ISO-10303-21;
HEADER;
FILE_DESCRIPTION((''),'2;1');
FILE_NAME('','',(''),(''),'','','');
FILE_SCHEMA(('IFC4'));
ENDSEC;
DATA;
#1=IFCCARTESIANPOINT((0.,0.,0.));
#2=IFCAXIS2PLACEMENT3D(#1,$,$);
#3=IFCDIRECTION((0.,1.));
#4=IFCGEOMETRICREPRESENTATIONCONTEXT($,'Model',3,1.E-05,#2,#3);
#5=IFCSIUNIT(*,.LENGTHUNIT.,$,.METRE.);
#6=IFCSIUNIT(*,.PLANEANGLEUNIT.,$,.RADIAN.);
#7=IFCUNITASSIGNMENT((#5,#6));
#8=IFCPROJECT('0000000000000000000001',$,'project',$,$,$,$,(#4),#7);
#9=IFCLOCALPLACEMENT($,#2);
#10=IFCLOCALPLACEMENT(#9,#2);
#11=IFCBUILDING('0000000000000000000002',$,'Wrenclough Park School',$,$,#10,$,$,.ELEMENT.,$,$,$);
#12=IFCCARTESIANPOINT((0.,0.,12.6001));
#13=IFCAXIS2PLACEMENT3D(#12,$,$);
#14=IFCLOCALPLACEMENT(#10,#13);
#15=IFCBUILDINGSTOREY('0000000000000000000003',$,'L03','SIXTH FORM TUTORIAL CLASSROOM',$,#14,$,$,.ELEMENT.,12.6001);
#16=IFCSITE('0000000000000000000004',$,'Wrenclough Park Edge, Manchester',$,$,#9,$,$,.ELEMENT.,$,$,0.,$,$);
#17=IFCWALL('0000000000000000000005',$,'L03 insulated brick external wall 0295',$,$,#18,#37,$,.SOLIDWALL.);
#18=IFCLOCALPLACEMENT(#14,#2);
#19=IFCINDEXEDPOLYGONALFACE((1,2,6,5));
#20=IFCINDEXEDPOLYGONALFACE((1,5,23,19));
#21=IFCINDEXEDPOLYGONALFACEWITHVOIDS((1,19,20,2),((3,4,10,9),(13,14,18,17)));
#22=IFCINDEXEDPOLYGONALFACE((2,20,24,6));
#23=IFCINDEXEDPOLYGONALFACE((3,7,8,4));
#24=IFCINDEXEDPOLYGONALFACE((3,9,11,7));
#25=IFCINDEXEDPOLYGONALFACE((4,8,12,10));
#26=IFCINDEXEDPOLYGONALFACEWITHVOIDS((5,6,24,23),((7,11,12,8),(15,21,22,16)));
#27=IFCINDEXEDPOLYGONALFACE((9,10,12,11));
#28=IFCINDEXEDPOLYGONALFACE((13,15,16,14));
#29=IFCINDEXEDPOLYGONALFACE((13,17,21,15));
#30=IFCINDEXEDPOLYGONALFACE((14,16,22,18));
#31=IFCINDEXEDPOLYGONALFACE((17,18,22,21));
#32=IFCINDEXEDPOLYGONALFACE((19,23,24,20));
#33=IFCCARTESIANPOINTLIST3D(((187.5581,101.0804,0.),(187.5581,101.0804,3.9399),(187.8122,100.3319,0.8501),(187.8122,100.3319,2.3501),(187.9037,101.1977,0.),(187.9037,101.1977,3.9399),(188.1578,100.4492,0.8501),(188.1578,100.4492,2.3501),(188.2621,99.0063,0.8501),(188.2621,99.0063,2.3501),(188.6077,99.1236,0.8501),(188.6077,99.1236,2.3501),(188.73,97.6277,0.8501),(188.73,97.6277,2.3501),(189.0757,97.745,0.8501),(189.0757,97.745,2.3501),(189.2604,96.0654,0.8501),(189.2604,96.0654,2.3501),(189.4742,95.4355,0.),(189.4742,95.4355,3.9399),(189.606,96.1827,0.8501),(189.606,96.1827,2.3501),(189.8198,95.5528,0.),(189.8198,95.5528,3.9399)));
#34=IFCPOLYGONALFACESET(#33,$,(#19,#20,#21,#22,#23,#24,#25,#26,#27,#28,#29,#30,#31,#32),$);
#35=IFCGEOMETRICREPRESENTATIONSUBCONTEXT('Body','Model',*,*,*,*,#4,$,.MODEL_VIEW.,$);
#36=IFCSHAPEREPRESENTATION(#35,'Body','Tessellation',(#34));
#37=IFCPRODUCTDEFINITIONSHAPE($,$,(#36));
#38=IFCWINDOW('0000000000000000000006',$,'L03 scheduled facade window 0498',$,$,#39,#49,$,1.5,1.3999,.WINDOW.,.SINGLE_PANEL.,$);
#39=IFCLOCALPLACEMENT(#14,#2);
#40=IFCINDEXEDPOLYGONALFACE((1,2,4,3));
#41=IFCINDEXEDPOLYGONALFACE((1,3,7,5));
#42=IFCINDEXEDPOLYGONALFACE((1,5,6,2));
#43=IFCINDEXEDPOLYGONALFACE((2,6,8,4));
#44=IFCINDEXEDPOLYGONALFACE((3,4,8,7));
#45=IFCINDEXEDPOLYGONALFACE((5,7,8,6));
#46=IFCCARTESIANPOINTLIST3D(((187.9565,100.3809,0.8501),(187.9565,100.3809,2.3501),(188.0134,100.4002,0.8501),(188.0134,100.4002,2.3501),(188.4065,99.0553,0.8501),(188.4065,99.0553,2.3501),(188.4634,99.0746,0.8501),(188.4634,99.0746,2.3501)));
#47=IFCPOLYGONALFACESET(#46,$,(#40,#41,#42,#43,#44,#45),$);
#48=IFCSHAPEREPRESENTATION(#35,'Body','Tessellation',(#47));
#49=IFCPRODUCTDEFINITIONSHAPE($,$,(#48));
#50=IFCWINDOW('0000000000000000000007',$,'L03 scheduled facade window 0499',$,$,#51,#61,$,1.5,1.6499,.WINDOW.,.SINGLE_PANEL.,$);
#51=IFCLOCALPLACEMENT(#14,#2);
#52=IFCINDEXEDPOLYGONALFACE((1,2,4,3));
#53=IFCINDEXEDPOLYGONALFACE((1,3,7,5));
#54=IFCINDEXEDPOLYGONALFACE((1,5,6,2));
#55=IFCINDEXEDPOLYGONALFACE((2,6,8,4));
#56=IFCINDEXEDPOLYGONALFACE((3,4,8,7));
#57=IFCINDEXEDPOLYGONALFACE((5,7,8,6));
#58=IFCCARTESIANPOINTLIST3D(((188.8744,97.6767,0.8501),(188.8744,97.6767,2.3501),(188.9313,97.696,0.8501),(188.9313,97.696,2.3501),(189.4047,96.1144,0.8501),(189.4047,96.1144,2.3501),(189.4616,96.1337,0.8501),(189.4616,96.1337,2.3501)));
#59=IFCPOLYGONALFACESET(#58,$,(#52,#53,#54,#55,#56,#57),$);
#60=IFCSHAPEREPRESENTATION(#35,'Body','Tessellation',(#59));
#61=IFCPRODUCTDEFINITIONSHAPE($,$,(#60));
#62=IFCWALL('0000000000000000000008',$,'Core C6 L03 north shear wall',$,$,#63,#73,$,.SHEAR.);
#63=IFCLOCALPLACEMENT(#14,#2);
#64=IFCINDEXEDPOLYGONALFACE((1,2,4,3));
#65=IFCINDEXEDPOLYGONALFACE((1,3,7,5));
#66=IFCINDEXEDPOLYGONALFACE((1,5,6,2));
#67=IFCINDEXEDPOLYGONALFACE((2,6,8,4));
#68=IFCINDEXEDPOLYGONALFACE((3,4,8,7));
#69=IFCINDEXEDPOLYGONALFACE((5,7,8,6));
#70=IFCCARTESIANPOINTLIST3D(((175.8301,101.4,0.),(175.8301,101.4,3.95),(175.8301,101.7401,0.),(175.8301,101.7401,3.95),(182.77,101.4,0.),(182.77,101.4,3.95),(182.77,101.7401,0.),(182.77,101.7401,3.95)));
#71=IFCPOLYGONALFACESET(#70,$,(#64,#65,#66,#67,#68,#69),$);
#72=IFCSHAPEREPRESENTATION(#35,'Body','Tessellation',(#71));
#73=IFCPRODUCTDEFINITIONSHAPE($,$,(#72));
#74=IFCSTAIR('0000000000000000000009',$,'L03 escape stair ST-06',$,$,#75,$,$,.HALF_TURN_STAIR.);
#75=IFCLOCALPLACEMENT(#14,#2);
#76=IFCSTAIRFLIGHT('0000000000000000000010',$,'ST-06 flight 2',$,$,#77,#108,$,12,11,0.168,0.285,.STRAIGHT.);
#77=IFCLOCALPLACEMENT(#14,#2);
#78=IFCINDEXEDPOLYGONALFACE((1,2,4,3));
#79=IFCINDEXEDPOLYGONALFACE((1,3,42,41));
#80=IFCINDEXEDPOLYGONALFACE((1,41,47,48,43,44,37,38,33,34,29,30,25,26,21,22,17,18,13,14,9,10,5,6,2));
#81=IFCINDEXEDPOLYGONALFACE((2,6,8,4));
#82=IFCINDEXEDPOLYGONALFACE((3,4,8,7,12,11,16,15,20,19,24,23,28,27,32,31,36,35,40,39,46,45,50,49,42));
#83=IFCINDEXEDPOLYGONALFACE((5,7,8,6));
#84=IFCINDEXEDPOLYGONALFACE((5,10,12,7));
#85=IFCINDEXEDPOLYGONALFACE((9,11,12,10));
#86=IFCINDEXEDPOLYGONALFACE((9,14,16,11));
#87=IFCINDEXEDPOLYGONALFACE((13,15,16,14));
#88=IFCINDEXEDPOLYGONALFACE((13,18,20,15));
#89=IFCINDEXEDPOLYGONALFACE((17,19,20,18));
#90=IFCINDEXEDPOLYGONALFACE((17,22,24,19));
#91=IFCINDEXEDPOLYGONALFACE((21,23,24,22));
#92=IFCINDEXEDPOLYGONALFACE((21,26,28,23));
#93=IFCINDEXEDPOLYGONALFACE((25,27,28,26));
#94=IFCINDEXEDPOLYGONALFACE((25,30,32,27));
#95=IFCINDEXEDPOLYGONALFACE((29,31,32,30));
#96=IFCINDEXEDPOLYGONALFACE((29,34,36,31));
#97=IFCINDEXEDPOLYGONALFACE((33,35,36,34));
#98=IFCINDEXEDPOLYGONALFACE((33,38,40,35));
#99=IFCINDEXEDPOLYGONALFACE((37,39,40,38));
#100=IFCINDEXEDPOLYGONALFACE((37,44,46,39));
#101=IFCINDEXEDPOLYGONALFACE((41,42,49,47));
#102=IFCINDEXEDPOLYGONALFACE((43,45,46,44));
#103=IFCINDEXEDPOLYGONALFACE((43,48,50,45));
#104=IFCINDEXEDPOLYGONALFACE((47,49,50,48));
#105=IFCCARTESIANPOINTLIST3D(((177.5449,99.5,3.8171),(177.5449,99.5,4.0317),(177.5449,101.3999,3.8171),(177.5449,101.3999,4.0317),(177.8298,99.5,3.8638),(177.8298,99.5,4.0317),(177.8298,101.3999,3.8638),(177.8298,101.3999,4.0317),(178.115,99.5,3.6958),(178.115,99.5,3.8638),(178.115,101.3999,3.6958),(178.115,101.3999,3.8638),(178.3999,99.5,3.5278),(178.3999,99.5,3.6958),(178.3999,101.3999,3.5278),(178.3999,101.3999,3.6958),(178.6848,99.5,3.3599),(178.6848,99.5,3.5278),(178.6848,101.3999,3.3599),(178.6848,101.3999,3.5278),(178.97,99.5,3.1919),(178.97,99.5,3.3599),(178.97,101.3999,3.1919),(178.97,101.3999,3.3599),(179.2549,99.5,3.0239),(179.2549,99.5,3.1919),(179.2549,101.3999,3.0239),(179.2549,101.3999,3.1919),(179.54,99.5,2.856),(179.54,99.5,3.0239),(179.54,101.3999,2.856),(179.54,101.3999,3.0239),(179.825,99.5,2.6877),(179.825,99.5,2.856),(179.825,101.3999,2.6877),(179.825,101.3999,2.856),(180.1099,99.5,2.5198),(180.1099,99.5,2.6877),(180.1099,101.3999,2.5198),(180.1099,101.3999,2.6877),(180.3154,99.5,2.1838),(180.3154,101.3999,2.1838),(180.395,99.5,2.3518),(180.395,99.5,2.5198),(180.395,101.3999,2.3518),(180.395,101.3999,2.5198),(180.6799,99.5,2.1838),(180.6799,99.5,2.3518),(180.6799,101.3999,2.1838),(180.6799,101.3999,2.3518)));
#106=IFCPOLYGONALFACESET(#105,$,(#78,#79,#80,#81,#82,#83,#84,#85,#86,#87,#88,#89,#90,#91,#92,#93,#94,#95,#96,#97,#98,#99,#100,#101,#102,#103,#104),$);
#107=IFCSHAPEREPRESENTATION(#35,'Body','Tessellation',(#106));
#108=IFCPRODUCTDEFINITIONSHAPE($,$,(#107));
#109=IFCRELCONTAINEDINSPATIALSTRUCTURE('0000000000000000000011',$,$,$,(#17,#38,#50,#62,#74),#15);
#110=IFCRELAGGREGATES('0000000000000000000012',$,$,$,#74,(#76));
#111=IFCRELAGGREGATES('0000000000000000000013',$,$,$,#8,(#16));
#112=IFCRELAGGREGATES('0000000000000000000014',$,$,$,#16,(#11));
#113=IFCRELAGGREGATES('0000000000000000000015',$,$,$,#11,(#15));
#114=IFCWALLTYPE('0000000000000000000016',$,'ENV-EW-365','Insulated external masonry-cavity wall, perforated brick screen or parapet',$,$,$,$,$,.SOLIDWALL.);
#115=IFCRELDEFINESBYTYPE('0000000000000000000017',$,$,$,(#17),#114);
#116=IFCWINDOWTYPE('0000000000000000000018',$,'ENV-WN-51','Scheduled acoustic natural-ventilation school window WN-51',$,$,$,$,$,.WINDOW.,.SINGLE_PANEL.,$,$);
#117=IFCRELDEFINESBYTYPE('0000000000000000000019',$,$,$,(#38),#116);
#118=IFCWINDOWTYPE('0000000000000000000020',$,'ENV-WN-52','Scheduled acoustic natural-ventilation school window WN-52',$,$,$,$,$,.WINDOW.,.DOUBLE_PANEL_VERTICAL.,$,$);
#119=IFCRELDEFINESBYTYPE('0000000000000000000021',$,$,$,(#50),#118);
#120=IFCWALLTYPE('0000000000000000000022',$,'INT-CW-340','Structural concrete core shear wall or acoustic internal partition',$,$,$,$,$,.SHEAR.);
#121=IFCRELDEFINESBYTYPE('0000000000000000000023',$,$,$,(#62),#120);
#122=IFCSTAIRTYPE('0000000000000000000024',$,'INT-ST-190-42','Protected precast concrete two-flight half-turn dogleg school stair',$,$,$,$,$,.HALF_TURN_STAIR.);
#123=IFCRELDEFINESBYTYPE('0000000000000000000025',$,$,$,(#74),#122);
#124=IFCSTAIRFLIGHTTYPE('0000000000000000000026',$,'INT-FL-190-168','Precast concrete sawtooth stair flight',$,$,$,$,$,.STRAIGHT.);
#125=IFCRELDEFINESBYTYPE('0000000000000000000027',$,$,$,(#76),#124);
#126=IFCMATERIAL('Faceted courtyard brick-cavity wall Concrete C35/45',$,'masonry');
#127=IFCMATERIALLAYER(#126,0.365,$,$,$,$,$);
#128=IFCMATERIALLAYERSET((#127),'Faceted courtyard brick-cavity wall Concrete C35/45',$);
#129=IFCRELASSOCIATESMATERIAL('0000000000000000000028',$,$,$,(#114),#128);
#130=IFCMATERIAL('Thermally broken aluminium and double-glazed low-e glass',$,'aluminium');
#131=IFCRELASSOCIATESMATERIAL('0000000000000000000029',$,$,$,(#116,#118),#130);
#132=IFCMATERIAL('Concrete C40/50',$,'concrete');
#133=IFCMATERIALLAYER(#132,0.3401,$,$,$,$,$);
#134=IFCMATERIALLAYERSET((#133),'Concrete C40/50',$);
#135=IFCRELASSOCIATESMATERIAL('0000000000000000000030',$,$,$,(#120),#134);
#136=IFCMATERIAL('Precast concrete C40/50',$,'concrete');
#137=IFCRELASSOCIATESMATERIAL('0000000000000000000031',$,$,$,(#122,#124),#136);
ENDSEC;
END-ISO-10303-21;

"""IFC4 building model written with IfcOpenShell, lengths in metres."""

from ifc_helpers import new_model, si_unit, direction, frame, frame_2d, origin, place, context, subcontext, project, spatial, polyline, rectangle, outline, extrude, material, layer, layer_set, type_object, element, fill, aggregate, save


model = new_model("IFC4")

# Units and contexts
model_context = context("Model", 3, precision=1e-05, world=origin(), true_north=direction((0.0, 1.0)))
body_context = subcontext(model_context, "Body", "Model", "MODEL_VIEW")
ifc_project = project(units=[si_unit("LENGTHUNIT", "METRE"), si_unit("PLANEANGLEUNIT", "RADIAN")], contexts=[model_context])

# Site, building, storey
site_placement = place(None, origin())
site = spatial("IfcSite", under=ifc_project, at=site_placement, Name="Wrenclough Park Edge, Manchester", CompositionType="ELEMENT", RefElevation=0.0)
building_placement = place(site_placement, origin())
building = spatial("IfcBuilding", under=site, at=building_placement, Name="Wrenclough Park School", CompositionType="ELEMENT")
storey_placement = place(building_placement, frame((0.0, 0.0, 12.6001)))
storey = spatial("IfcBuildingStorey", under=building, at=storey_placement, Name="L03", Description="SIXTH FORM TUTORIAL CLASSROOM", CompositionType="ELEMENT", Elevation=12.6001)

# Shared definitions
ifc_material_1 = material(Name="Concrete C40/50", Category="concrete")

# Wall, openings, windows
ifc_material_2 = material(Name="Thermally broken aluminium and double-glazed low-e glass", Category="aluminium")
ifc_material_3 = material(Name="Faceted courtyard brick-cavity wall Concrete C35/45", Category="masonry")
ifc_layer_1 = layer(ifc_material_3, 0.365)
ifc_layer_set_1 = layer_set([ifc_layer_1], Name="Faceted courtyard brick-cavity wall Concrete C35/45")
wall_type_1 = type_object("IfcWallType", Name="ENV-EW-365", Description="Insulated external masonry-cavity wall, perforated brick screen or parapet", PredefinedType="SOLIDWALL", material=ifc_layer_set_1)
wall_1_placement = place(storey_placement, frame((187.731, 101.1389, 0.0), z_axis=(0.0, 0.0, 1.0), x_axis=(0.32142, -0.946937, 0.0)))
wall_1 = element("IfcWall", 1, at=wall_1_placement, inside=storey, type_object=wall_type_1, Name="L03 insulated brick external wall 0295", PredefinedType="SOLIDWALL", context=body_context, shape_type="SweptSolid", body=[
    extrude(rectangle(XDim=5.9612, YDim=0.365, at=frame_2d((2.9805, 0.0))), origin(), (0.0, 0.0, 1.0), 3.9399),
])
opening_1_placement = place(wall_1_placement, frame((0.7903, 0.0, 0.8501)))
opening_1 = element("IfcOpeningElement", 2, at=opening_1_placement, cuts=wall_1, PredefinedType="OPENING", context=body_context, shape_type="SweptSolid", body=[
    extrude(rectangle(XDim=1.3999, YDim=1.5, at=frame_2d((0.7, 0.75))), frame((0.0, 0.1924, 0.0), z_axis=(0.0, -1.0, 0.0), x_axis=(1.0, 0.0, 0.0)), (0.0, 0.0, 1.0), 0.385),
])
opening_2_placement = place(wall_1_placement, frame((3.646, 0.0, 0.8501)))
opening_2 = element("IfcOpeningElement", 3, at=opening_2_placement, cuts=wall_1, PredefinedType="OPENING", context=body_context, shape_type="SweptSolid", body=[
    extrude(rectangle(XDim=1.6499, YDim=1.5, at=frame_2d((0.825, 0.75))), frame((0.0, 0.1924, 0.0), z_axis=(0.0, -1.0, 0.0), x_axis=(1.0, 0.0, 0.0)), (0.0, 0.0, 1.0), 0.385),
])
window_type_1 = type_object("IfcWindowType", Name="ENV-WN-51", Description="Scheduled acoustic natural-ventilation school window WN-51", PartitioningType="SINGLE_PANEL", PredefinedType="WINDOW", material=ifc_material_2)
window_1_placement = place(opening_1_placement, origin())
window_1 = element("IfcWindow", 4, at=window_1_placement, inside=storey, type_object=window_type_1, Name="L03 scheduled facade window 0498", OverallHeight=1.5, OverallWidth=1.3999, PartitioningType="SINGLE_PANEL", PredefinedType="WINDOW", context=body_context, shape_type="SweptSolid", body=[
    extrude(rectangle(XDim=1.3999, YDim=1.5, at=frame_2d((0.7, 0.75))), frame((0.0, 0.03, 0.0), z_axis=(0.0, -1.0, 0.0), x_axis=(1.0, 0.0, 0.0)), (0.0, 0.0, 1.0), 0.0601),
])
fill(opening_1, window_1)
window_type_2 = type_object("IfcWindowType", Name="ENV-WN-52", Description="Scheduled acoustic natural-ventilation school window WN-52", PartitioningType="DOUBLE_PANEL_VERTICAL", PredefinedType="WINDOW", material=ifc_material_2)
window_2_placement = place(opening_2_placement, origin())
window_2 = element("IfcWindow", 5, at=window_2_placement, inside=storey, type_object=window_type_2, Name="L03 scheduled facade window 0499", OverallHeight=1.5, OverallWidth=1.6499, PartitioningType="SINGLE_PANEL", PredefinedType="WINDOW", context=body_context, shape_type="SweptSolid", body=[
    extrude(rectangle(XDim=1.6499, YDim=1.5, at=frame_2d((0.825, 0.75))), frame((0.0, 0.03, 0.0), z_axis=(0.0, -1.0, 0.0), x_axis=(1.0, 0.0, 0.0)), (0.0, 0.0, 1.0), 0.0601),
])
fill(opening_2, window_2)

# Wall
ifc_layer_2 = layer(ifc_material_1, 0.3401)
ifc_layer_set_2 = layer_set([ifc_layer_2], Name="Concrete C40/50")
wall_type_2 = type_object("IfcWallType", Name="INT-CW-340", Description="Structural concrete core shear wall or acoustic internal partition", PredefinedType="SHEAR", material=ifc_layer_set_2)
wall_2_placement = place(storey_placement, frame((182.77, 101.5701, 0.0), z_axis=(0.0, 0.0, 1.0), x_axis=(-1.0, 0.0, 0.0)))
element("IfcWall", 6, at=wall_2_placement, inside=storey, type_object=wall_type_2, Name="Core C6 L03 north shear wall", PredefinedType="SHEAR", context=body_context, shape_type="SweptSolid", body=[
    extrude(rectangle(XDim=6.9399, YDim=0.3401, at=frame_2d((3.47, 0.0))), origin(), (0.0, 0.0, 1.0), 3.95),
])

# Stair, stair flight
ifc_material_4 = material(Name="Precast concrete C40/50", Category="concrete")
stair_type = type_object("IfcStairType", Name="INT-ST-190-42", Description="Protected precast concrete two-flight half-turn dogleg school stair", PredefinedType="HALF_TURN_STAIR", material=ifc_material_4)
stair_placement = place(storey_placement, origin())
stair = element("IfcStair", 7, at=stair_placement, inside=storey, type_object=stair_type, Name="L03 escape stair ST-06", PredefinedType="HALF_TURN_STAIR")
stair_flight_type = type_object("IfcStairFlightType", Name="INT-FL-190-168", Description="Precast concrete sawtooth stair flight", PredefinedType="STRAIGHT", material=ifc_material_4)
stair_flight_placement = place(storey_placement, frame((180.6799, 100.45, 2.1838), z_axis=(0.0, 0.0, 1.0), x_axis=(-1.0, 0.0, 0.0)))
stair_flight = element("IfcStairFlight", 8, at=stair_flight_placement, type_object=stair_flight_type, Name="ST-06 flight 2", NumberOfRisers=12, NumberOfTreads=11, PredefinedType="STRAIGHT", RiserHeight=0.168, TreadLength=0.285, context=body_context, shape_type="SweptSolid", body=[
    extrude(outline(polyline([(0.0, 0.0), (0.0, 0.168), (0.2849, 0.168), (0.2849, 0.3359), (0.5701, 0.3359), (0.5701, 0.5039), (0.855, 0.5039), (0.855, 0.6721), (1.1399, 0.6721), (1.1399, 0.8401), (1.425, 0.8401), (1.425, 1.0081), (1.71, 1.0081), (1.71, 1.176), (1.9951, 1.176), (1.9951, 1.344), (2.28, 1.344), (2.28, 1.512), (2.5649, 1.512), (2.5649, 1.6799), (2.8501, 1.6799), (2.8501, 1.8479), (3.135, 1.8479), (3.135, 2.0161), (3.135, 1.6333), (0.3645, 0.0), (0.0, 0.0)])), frame((0.0, 0.95, 0.0), z_axis=(0.0, -1.0, 0.0), x_axis=(1.0, 0.0, 0.0)), (0.0, 0.0, 1.0), 1.8999),
])
aggregate(stair, [stair_flight])

save(model, "model.ifc")
